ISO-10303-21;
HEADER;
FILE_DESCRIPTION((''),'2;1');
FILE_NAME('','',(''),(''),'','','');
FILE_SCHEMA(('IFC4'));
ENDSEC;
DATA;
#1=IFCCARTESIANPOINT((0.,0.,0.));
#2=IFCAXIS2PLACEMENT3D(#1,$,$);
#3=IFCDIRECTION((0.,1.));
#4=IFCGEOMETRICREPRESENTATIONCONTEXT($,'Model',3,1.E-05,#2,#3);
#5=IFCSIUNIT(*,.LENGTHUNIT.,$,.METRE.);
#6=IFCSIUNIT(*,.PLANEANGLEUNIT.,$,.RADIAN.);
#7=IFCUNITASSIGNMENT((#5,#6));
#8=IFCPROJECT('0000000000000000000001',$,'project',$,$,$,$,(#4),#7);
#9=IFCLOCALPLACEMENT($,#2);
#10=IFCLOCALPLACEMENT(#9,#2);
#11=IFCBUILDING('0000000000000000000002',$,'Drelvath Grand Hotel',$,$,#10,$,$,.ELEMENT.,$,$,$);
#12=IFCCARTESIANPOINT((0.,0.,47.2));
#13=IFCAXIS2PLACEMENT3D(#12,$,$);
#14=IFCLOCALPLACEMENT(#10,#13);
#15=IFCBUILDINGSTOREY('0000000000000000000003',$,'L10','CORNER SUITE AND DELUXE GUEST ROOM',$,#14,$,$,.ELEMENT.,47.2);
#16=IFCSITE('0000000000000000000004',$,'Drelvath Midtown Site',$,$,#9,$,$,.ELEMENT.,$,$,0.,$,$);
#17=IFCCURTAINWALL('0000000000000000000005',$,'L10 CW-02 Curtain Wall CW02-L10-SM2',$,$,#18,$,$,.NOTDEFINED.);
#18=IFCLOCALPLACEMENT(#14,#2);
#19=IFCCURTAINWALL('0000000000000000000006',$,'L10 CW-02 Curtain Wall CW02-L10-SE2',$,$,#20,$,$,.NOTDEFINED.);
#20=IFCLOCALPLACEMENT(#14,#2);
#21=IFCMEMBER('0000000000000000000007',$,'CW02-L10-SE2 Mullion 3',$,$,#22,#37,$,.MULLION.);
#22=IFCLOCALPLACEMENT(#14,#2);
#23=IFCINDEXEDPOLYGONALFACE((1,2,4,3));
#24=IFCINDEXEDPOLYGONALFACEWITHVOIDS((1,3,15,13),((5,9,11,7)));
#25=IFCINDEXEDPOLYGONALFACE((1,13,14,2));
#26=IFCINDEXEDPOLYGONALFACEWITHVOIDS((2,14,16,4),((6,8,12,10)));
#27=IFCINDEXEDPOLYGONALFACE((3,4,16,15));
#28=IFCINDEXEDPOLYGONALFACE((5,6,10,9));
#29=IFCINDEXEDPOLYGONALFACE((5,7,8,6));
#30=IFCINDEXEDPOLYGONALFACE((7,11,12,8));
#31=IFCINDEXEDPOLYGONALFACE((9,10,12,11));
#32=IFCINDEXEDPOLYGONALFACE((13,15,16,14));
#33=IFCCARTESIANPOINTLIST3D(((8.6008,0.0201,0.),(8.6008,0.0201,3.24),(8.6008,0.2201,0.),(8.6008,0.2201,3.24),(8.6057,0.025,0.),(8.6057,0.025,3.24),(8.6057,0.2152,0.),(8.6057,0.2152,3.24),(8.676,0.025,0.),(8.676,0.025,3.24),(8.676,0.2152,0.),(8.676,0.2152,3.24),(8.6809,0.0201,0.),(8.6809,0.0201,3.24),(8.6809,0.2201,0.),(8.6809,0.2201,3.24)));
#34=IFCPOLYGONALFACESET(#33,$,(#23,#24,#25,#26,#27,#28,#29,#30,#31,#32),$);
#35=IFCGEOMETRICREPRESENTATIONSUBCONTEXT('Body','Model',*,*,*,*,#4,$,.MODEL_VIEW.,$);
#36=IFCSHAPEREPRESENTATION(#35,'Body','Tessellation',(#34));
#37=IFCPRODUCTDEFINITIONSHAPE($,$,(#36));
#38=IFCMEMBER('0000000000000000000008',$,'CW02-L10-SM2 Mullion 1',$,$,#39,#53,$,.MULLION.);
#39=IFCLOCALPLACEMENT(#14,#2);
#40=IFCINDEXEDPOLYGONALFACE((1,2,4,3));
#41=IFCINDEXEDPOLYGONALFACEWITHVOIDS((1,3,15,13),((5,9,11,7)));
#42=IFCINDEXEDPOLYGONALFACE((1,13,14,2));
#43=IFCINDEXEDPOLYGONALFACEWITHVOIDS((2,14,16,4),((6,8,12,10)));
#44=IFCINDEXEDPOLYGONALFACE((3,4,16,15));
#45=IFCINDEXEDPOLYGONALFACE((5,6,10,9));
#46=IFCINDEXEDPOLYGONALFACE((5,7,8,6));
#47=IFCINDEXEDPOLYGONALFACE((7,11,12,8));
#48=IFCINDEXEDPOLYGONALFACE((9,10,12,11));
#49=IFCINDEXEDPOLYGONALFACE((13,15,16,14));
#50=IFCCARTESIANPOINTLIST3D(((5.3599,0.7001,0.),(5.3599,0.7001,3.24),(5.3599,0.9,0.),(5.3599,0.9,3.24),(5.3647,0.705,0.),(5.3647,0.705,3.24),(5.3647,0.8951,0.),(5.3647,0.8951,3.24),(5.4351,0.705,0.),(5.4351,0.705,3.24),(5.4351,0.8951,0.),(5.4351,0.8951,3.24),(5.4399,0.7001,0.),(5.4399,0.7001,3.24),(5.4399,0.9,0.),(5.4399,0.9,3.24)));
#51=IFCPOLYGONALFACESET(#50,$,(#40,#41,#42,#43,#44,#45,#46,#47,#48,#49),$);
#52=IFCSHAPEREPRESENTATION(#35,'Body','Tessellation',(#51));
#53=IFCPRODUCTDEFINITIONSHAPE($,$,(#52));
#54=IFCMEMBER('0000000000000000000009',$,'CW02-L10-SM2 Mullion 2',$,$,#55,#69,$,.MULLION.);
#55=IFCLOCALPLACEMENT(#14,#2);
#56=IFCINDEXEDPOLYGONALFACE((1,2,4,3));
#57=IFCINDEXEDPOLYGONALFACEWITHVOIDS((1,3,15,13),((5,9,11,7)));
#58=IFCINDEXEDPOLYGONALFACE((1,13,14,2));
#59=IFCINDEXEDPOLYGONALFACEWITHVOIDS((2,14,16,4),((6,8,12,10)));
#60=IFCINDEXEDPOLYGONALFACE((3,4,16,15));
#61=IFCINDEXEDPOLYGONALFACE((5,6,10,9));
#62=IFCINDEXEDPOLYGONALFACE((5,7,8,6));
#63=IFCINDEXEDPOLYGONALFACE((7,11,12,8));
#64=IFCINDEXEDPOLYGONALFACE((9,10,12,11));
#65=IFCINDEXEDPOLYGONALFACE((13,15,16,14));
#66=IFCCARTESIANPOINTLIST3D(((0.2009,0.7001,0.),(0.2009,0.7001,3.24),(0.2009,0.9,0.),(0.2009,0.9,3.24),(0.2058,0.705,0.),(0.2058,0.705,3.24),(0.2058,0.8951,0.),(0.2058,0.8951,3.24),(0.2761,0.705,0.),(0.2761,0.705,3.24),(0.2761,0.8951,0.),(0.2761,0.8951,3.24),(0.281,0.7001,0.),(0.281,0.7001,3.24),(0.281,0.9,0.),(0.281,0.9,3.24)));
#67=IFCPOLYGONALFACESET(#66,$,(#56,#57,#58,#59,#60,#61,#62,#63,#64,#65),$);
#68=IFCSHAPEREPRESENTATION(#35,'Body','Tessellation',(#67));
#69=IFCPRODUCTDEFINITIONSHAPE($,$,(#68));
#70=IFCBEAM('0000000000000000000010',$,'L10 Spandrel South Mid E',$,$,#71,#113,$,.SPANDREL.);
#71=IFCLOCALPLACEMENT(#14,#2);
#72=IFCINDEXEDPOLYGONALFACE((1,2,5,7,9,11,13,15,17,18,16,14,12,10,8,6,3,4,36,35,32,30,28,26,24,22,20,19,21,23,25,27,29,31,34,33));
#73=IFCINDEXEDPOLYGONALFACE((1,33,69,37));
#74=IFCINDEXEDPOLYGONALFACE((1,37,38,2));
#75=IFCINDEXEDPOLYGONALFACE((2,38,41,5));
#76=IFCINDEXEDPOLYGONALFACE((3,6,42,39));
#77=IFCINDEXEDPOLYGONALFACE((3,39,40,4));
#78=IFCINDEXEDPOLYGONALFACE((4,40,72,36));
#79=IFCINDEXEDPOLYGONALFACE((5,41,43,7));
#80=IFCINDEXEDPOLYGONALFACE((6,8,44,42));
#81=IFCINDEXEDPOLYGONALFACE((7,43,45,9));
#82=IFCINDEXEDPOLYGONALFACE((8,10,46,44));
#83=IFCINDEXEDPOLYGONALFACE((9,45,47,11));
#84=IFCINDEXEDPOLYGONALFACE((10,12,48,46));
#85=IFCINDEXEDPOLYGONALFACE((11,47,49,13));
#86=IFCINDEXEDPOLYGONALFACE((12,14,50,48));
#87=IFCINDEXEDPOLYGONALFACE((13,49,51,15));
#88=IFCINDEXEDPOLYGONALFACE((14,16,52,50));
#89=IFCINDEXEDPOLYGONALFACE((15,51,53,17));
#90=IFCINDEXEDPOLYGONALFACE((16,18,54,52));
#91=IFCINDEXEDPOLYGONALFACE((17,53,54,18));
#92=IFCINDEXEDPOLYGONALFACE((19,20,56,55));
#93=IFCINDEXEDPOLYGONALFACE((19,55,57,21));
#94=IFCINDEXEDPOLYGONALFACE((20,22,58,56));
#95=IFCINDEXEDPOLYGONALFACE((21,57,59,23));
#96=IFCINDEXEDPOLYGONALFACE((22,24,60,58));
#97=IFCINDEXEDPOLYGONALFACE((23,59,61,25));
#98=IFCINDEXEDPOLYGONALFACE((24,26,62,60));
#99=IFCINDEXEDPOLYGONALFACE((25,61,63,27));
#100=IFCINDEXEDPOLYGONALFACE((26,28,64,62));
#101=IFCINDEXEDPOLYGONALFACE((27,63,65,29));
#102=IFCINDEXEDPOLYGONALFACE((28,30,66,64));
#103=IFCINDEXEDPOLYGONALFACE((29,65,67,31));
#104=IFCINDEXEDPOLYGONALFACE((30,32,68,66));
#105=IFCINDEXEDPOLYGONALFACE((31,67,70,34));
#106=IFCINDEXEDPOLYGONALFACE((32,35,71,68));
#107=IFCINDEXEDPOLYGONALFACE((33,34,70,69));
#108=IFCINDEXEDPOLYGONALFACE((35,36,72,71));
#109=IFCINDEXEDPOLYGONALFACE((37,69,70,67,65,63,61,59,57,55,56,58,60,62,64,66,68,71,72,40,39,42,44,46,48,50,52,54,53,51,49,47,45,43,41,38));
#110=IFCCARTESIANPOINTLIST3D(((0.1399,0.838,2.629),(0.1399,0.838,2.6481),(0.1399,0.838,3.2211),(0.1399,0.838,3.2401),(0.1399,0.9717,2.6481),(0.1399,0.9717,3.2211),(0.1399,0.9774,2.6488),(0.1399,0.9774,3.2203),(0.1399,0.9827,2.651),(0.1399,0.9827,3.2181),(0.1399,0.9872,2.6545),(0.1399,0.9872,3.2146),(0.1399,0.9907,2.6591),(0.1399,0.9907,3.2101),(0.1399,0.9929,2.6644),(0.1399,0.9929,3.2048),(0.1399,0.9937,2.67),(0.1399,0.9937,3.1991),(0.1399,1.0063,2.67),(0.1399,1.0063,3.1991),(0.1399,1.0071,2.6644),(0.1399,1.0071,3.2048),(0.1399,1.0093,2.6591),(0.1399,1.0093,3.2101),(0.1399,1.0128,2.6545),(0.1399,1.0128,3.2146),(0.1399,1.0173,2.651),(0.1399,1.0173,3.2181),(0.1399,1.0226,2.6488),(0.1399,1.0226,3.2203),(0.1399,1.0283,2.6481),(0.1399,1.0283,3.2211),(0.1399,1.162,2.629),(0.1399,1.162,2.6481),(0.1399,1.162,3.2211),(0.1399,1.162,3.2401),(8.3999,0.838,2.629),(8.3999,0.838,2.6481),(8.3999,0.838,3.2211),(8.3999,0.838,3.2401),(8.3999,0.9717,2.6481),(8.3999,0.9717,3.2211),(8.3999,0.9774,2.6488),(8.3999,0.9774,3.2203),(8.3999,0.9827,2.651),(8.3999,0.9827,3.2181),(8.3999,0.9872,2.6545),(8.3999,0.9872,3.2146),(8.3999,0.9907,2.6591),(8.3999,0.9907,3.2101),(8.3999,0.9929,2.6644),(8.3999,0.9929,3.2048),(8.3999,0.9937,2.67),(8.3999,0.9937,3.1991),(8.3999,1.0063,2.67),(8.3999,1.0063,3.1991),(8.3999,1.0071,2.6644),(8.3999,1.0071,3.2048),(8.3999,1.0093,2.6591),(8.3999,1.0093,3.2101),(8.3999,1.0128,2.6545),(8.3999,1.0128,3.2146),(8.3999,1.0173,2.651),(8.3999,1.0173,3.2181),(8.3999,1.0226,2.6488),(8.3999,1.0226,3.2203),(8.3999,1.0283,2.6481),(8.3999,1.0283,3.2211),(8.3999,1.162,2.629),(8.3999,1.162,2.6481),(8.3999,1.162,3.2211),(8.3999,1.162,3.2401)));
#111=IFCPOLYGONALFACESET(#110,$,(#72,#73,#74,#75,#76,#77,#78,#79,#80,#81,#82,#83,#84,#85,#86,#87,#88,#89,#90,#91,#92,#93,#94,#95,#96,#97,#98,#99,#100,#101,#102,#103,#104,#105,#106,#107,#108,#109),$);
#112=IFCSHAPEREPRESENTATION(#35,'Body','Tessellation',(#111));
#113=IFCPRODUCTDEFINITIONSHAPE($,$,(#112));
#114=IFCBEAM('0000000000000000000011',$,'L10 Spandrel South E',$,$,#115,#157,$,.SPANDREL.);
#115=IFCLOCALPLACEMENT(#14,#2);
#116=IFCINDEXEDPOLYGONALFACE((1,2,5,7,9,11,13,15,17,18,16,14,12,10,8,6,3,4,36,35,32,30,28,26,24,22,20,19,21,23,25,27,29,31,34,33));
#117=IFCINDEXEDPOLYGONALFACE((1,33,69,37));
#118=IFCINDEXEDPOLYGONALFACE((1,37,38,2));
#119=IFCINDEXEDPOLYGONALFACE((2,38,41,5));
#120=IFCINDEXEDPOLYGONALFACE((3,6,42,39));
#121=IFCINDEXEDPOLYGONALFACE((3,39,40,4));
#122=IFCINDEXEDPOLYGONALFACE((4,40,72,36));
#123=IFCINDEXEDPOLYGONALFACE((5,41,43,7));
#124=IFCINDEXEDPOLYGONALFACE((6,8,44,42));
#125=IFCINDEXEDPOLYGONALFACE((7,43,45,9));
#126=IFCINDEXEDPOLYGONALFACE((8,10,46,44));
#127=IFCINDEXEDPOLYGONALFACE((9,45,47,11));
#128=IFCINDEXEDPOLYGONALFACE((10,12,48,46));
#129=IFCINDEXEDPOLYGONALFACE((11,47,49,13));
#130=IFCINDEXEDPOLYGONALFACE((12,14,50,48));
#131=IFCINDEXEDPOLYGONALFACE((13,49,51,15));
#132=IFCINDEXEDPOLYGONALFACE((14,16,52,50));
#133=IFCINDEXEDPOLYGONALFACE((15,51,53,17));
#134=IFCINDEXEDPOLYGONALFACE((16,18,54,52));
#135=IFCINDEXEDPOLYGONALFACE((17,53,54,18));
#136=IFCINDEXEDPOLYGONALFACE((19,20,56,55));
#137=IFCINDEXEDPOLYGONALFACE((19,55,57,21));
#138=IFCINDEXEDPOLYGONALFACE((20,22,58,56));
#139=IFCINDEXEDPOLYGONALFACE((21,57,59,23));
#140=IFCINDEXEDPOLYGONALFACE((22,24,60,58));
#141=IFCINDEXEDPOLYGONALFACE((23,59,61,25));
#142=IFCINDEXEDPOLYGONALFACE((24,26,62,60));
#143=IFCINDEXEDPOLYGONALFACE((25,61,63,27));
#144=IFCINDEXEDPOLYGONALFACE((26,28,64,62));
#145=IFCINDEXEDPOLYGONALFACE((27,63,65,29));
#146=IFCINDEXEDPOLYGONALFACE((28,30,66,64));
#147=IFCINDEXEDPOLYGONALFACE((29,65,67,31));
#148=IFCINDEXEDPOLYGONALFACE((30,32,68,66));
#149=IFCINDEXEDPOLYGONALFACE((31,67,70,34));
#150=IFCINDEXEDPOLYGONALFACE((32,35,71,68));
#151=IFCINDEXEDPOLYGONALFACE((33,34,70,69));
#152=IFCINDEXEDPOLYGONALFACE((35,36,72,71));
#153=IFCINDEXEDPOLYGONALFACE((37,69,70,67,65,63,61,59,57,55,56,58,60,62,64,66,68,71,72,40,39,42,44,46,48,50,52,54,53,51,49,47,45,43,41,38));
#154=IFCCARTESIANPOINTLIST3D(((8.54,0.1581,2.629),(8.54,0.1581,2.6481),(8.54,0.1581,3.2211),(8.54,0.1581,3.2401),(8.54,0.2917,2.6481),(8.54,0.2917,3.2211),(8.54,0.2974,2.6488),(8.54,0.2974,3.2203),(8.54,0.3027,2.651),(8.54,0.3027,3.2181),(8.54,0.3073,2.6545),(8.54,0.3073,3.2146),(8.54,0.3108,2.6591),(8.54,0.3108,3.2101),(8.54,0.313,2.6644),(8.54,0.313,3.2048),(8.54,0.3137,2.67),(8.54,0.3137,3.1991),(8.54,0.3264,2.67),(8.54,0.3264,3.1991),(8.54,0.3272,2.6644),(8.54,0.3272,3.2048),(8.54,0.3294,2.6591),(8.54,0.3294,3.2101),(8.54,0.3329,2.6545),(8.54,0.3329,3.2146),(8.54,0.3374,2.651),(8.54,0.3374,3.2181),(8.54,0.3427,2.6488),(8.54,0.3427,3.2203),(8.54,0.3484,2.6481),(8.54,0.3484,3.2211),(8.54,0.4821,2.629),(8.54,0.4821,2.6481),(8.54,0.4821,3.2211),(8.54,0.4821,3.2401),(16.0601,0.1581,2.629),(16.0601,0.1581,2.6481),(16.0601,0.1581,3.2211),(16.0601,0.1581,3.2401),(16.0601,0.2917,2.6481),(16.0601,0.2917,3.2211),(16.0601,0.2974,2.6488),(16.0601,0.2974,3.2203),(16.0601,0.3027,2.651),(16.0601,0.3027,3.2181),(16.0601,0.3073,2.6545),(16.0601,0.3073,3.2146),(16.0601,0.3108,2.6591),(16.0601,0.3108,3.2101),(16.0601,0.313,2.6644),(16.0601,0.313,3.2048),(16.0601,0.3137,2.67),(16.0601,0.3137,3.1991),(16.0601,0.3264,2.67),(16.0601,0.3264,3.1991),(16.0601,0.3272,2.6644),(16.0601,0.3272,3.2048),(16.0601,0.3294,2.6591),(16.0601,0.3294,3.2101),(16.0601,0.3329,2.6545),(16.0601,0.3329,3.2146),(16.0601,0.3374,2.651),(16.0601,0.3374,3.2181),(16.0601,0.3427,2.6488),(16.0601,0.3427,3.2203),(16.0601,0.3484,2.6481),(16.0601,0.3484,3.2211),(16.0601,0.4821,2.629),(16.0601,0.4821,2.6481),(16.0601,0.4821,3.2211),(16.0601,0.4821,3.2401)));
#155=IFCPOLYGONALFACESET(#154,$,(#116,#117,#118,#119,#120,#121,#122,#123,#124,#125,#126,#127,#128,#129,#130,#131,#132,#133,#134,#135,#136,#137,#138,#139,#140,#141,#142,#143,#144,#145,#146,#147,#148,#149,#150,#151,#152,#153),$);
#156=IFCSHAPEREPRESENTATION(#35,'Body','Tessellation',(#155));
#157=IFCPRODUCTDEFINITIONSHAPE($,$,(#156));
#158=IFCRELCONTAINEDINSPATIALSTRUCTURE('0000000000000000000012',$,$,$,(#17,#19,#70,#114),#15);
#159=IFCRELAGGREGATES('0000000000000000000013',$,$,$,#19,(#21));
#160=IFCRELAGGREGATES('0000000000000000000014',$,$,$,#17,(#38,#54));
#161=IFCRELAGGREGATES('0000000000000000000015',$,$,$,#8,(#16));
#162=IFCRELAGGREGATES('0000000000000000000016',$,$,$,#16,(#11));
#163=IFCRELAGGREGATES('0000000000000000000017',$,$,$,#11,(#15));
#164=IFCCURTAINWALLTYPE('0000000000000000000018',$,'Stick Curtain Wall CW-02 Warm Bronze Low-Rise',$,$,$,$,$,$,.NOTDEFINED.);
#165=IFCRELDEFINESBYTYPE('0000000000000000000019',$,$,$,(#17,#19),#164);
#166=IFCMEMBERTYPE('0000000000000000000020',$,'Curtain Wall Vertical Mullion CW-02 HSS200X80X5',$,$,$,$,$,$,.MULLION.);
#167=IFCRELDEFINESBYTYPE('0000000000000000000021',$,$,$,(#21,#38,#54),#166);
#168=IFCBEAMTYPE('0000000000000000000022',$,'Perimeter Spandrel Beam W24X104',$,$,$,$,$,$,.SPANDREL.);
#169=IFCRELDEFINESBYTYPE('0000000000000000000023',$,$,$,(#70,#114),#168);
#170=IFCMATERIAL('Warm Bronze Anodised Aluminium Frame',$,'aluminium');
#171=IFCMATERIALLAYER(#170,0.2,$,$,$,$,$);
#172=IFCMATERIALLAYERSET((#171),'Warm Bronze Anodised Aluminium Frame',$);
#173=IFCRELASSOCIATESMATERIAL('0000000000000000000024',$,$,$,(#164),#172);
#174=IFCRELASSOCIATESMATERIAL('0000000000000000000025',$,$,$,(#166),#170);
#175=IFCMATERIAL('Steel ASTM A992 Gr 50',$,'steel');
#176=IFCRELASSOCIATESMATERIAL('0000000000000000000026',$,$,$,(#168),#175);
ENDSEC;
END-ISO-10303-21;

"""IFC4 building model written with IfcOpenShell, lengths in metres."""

from ifc_helpers import new_model, si_unit, direction, frame, origin, origin_2d, place, context, subcontext, project, spatial, hollow_rectangle, i_section, extrude, material, layer, layer_set, material_profile, profile_set, type_object, element, aggregate, save


model = new_model("IFC4")

# Units and contexts
model_context = context("Model", 3, precision=1e-05, world=origin(), true_north=direction((0.0, 1.0)))
body_context = subcontext(model_context, "Body", "Model", "MODEL_VIEW")
ifc_project = project(units=[si_unit("LENGTHUNIT", "METRE"), si_unit("PLANEANGLEUNIT", "RADIAN")], contexts=[model_context])

# Site, building, storey
site_placement = place(None, origin())
site = spatial("IfcSite", under=ifc_project, at=site_placement, Name="Drelvath Midtown Site", CompositionType="ELEMENT", RefElevation=0.0)
building_placement = place(site_placement, origin())
building = spatial("IfcBuilding", under=site, at=building_placement, Name="Drelvath Grand Hotel", CompositionType="ELEMENT")
storey_placement = place(building_placement, frame((0.0, 0.0, 47.2)))
storey = spatial("IfcBuildingStorey", under=building, at=storey_placement, Name="L10", Description="CORNER SUITE AND DELUXE GUEST ROOM", CompositionType="ELEMENT", Elevation=47.2)

# Shared definitions
ifc_material_1 = material(Name="Steel ASTM A992 Gr 50", Category="steel")

# Curtain wall
ifc_material_2 = material(Name="Warm Bronze Anodised Aluminium Frame", Category="aluminium")
ifc_layer_1 = layer(ifc_material_2, 0.2)
ifc_layer_set_1 = layer_set([ifc_layer_1], Name="Warm Bronze Anodised Aluminium Frame")
curtain_wall_type = type_object("IfcCurtainWallType", Name="Stick Curtain Wall CW-02 Warm Bronze Low-Rise", PredefinedType="NOTDEFINED", material=ifc_layer_set_1)
curtain_wall_1_placement = place(storey_placement, origin())
curtain_wall_1 = element("IfcCurtainWall", 1, at=curtain_wall_1_placement, inside=storey, type_object=curtain_wall_type, Name="L10 CW-02 Curtain Wall CW02-L10-SM2", PredefinedType="NOTDEFINED")

# Shared definitions
ifc_material_profile_1 = material_profile(ifc_material_2, hollow_rectangle(XDim=0.0801, YDim=0.2, WallThickness=0.0049, at=origin_2d()), Name="HSS200X80X5")
ifc_profile_set_1 = profile_set([ifc_material_profile_1], Name="Warm Bronze Anodised Aluminium Frame")
member_type_1 = type_object("IfcMemberType", Name="Curtain Wall Vertical Mullion CW-02 HSS200X80X5", PredefinedType="MULLION", material=ifc_profile_set_1)

# Curtain wall, member
curtain_wall_2_placement = place(storey_placement, origin())
curtain_wall_2 = element("IfcCurtainWall", 2, at=curtain_wall_2_placement, inside=storey, type_object=curtain_wall_type, Name="L10 CW-02 Curtain Wall CW02-L10-SE2", PredefinedType="NOTDEFINED")
member_1_placement = place(storey_placement, frame((8.6409, 0.1201, 0.0), z_axis=(0.0, 0.0, 1.0), x_axis=(1.0, 0.0, 0.0)))
member_1 = element("IfcMember", 3, at=member_1_placement, type_object=member_type_1, Name="CW02-L10-SE2 Mullion 3", PredefinedType="MULLION", context=body_context, shape_type="SweptSolid", body=[
    extrude(hollow_rectangle(XDim=0.0801, YDim=0.2, WallThickness=0.0049, at=origin_2d()), origin(), (0.0, 0.0, 1.0), 3.24),
])

# Members
member_2_placement = place(storey_placement, frame((5.3999, 0.8, 0.0), z_axis=(0.0, 0.0, 1.0), x_axis=(1.0, 0.0, 0.0)))
member_2 = element("IfcMember", 4, at=member_2_placement, type_object=member_type_1, Name="CW02-L10-SM2 Mullion 1", PredefinedType="MULLION", context=body_context, shape_type="SweptSolid", body=[
    extrude(hollow_rectangle(XDim=0.0801, YDim=0.2, WallThickness=0.0049, at=origin_2d()), origin(), (0.0, 0.0, 1.0), 3.24),
])
member_3_placement = place(storey_placement, frame((0.241, 0.8, 0.0), z_axis=(0.0, 0.0, 1.0), x_axis=(1.0, 0.0, 0.0)))
member_3 = element("IfcMember", 5, at=member_3_placement, type_object=member_type_1, Name="CW02-L10-SM2 Mullion 2", PredefinedType="MULLION", context=body_context, shape_type="SweptSolid", body=[
    extrude(hollow_rectangle(XDim=0.0801, YDim=0.2, WallThickness=0.0049, at=origin_2d()), origin(), (0.0, 0.0, 1.0), 3.24),
])

# Beams
ifc_material_profile_2 = material_profile(ifc_material_1, i_section(OverallWidth=0.324, OverallDepth=0.6111, WebThickness=0.0127, FlangeThickness=0.019, FilletRadius=0.022, at=origin_2d()), Name="W24X104")
ifc_profile_set_2 = profile_set([ifc_material_profile_2], Name="Steel ASTM A992 Gr 50")
beam_type_1 = type_object("IfcBeamType", Name="Perimeter Spandrel Beam W24X104", PredefinedType="SPANDREL", material=ifc_profile_set_2)
beam_1_placement = place(storey_placement, frame((0.1399, 1.0, 2.9346), z_axis=(1.0, 0.0, 0.0), x_axis=(0.0, 1.0, 0.0)))
element("IfcBeam", 6, at=beam_1_placement, inside=storey, type_object=beam_type_1, Name="L10 Spandrel South Mid E", PredefinedType="SPANDREL", context=body_context, shape_type="SweptSolid", body=[
    extrude(i_section(OverallWidth=0.324, OverallDepth=0.6111, WebThickness=0.0127, FlangeThickness=0.019, FilletRadius=0.022, at=origin_2d()), origin(), (0.0, 0.0, 1.0), 8.26),
])
beam_2_placement = place(storey_placement, frame((8.54, 0.3201, 2.9346), z_axis=(1.0, 0.0, 0.0), x_axis=(0.0, 1.0, 0.0)))
element("IfcBeam", 7, at=beam_2_placement, inside=storey, type_object=beam_type_1, Name="L10 Spandrel South E", PredefinedType="SPANDREL", context=body_context, shape_type="SweptSolid", body=[
    extrude(i_section(OverallWidth=0.324, OverallDepth=0.6111, WebThickness=0.0127, FlangeThickness=0.019, FilletRadius=0.022, at=origin_2d()), origin(), (0.0, 0.0, 1.0), 7.52),
])

aggregate(curtain_wall_2, [member_1])
aggregate(curtain_wall_1, [member_2, member_3])

save(model, "model.ifc")
